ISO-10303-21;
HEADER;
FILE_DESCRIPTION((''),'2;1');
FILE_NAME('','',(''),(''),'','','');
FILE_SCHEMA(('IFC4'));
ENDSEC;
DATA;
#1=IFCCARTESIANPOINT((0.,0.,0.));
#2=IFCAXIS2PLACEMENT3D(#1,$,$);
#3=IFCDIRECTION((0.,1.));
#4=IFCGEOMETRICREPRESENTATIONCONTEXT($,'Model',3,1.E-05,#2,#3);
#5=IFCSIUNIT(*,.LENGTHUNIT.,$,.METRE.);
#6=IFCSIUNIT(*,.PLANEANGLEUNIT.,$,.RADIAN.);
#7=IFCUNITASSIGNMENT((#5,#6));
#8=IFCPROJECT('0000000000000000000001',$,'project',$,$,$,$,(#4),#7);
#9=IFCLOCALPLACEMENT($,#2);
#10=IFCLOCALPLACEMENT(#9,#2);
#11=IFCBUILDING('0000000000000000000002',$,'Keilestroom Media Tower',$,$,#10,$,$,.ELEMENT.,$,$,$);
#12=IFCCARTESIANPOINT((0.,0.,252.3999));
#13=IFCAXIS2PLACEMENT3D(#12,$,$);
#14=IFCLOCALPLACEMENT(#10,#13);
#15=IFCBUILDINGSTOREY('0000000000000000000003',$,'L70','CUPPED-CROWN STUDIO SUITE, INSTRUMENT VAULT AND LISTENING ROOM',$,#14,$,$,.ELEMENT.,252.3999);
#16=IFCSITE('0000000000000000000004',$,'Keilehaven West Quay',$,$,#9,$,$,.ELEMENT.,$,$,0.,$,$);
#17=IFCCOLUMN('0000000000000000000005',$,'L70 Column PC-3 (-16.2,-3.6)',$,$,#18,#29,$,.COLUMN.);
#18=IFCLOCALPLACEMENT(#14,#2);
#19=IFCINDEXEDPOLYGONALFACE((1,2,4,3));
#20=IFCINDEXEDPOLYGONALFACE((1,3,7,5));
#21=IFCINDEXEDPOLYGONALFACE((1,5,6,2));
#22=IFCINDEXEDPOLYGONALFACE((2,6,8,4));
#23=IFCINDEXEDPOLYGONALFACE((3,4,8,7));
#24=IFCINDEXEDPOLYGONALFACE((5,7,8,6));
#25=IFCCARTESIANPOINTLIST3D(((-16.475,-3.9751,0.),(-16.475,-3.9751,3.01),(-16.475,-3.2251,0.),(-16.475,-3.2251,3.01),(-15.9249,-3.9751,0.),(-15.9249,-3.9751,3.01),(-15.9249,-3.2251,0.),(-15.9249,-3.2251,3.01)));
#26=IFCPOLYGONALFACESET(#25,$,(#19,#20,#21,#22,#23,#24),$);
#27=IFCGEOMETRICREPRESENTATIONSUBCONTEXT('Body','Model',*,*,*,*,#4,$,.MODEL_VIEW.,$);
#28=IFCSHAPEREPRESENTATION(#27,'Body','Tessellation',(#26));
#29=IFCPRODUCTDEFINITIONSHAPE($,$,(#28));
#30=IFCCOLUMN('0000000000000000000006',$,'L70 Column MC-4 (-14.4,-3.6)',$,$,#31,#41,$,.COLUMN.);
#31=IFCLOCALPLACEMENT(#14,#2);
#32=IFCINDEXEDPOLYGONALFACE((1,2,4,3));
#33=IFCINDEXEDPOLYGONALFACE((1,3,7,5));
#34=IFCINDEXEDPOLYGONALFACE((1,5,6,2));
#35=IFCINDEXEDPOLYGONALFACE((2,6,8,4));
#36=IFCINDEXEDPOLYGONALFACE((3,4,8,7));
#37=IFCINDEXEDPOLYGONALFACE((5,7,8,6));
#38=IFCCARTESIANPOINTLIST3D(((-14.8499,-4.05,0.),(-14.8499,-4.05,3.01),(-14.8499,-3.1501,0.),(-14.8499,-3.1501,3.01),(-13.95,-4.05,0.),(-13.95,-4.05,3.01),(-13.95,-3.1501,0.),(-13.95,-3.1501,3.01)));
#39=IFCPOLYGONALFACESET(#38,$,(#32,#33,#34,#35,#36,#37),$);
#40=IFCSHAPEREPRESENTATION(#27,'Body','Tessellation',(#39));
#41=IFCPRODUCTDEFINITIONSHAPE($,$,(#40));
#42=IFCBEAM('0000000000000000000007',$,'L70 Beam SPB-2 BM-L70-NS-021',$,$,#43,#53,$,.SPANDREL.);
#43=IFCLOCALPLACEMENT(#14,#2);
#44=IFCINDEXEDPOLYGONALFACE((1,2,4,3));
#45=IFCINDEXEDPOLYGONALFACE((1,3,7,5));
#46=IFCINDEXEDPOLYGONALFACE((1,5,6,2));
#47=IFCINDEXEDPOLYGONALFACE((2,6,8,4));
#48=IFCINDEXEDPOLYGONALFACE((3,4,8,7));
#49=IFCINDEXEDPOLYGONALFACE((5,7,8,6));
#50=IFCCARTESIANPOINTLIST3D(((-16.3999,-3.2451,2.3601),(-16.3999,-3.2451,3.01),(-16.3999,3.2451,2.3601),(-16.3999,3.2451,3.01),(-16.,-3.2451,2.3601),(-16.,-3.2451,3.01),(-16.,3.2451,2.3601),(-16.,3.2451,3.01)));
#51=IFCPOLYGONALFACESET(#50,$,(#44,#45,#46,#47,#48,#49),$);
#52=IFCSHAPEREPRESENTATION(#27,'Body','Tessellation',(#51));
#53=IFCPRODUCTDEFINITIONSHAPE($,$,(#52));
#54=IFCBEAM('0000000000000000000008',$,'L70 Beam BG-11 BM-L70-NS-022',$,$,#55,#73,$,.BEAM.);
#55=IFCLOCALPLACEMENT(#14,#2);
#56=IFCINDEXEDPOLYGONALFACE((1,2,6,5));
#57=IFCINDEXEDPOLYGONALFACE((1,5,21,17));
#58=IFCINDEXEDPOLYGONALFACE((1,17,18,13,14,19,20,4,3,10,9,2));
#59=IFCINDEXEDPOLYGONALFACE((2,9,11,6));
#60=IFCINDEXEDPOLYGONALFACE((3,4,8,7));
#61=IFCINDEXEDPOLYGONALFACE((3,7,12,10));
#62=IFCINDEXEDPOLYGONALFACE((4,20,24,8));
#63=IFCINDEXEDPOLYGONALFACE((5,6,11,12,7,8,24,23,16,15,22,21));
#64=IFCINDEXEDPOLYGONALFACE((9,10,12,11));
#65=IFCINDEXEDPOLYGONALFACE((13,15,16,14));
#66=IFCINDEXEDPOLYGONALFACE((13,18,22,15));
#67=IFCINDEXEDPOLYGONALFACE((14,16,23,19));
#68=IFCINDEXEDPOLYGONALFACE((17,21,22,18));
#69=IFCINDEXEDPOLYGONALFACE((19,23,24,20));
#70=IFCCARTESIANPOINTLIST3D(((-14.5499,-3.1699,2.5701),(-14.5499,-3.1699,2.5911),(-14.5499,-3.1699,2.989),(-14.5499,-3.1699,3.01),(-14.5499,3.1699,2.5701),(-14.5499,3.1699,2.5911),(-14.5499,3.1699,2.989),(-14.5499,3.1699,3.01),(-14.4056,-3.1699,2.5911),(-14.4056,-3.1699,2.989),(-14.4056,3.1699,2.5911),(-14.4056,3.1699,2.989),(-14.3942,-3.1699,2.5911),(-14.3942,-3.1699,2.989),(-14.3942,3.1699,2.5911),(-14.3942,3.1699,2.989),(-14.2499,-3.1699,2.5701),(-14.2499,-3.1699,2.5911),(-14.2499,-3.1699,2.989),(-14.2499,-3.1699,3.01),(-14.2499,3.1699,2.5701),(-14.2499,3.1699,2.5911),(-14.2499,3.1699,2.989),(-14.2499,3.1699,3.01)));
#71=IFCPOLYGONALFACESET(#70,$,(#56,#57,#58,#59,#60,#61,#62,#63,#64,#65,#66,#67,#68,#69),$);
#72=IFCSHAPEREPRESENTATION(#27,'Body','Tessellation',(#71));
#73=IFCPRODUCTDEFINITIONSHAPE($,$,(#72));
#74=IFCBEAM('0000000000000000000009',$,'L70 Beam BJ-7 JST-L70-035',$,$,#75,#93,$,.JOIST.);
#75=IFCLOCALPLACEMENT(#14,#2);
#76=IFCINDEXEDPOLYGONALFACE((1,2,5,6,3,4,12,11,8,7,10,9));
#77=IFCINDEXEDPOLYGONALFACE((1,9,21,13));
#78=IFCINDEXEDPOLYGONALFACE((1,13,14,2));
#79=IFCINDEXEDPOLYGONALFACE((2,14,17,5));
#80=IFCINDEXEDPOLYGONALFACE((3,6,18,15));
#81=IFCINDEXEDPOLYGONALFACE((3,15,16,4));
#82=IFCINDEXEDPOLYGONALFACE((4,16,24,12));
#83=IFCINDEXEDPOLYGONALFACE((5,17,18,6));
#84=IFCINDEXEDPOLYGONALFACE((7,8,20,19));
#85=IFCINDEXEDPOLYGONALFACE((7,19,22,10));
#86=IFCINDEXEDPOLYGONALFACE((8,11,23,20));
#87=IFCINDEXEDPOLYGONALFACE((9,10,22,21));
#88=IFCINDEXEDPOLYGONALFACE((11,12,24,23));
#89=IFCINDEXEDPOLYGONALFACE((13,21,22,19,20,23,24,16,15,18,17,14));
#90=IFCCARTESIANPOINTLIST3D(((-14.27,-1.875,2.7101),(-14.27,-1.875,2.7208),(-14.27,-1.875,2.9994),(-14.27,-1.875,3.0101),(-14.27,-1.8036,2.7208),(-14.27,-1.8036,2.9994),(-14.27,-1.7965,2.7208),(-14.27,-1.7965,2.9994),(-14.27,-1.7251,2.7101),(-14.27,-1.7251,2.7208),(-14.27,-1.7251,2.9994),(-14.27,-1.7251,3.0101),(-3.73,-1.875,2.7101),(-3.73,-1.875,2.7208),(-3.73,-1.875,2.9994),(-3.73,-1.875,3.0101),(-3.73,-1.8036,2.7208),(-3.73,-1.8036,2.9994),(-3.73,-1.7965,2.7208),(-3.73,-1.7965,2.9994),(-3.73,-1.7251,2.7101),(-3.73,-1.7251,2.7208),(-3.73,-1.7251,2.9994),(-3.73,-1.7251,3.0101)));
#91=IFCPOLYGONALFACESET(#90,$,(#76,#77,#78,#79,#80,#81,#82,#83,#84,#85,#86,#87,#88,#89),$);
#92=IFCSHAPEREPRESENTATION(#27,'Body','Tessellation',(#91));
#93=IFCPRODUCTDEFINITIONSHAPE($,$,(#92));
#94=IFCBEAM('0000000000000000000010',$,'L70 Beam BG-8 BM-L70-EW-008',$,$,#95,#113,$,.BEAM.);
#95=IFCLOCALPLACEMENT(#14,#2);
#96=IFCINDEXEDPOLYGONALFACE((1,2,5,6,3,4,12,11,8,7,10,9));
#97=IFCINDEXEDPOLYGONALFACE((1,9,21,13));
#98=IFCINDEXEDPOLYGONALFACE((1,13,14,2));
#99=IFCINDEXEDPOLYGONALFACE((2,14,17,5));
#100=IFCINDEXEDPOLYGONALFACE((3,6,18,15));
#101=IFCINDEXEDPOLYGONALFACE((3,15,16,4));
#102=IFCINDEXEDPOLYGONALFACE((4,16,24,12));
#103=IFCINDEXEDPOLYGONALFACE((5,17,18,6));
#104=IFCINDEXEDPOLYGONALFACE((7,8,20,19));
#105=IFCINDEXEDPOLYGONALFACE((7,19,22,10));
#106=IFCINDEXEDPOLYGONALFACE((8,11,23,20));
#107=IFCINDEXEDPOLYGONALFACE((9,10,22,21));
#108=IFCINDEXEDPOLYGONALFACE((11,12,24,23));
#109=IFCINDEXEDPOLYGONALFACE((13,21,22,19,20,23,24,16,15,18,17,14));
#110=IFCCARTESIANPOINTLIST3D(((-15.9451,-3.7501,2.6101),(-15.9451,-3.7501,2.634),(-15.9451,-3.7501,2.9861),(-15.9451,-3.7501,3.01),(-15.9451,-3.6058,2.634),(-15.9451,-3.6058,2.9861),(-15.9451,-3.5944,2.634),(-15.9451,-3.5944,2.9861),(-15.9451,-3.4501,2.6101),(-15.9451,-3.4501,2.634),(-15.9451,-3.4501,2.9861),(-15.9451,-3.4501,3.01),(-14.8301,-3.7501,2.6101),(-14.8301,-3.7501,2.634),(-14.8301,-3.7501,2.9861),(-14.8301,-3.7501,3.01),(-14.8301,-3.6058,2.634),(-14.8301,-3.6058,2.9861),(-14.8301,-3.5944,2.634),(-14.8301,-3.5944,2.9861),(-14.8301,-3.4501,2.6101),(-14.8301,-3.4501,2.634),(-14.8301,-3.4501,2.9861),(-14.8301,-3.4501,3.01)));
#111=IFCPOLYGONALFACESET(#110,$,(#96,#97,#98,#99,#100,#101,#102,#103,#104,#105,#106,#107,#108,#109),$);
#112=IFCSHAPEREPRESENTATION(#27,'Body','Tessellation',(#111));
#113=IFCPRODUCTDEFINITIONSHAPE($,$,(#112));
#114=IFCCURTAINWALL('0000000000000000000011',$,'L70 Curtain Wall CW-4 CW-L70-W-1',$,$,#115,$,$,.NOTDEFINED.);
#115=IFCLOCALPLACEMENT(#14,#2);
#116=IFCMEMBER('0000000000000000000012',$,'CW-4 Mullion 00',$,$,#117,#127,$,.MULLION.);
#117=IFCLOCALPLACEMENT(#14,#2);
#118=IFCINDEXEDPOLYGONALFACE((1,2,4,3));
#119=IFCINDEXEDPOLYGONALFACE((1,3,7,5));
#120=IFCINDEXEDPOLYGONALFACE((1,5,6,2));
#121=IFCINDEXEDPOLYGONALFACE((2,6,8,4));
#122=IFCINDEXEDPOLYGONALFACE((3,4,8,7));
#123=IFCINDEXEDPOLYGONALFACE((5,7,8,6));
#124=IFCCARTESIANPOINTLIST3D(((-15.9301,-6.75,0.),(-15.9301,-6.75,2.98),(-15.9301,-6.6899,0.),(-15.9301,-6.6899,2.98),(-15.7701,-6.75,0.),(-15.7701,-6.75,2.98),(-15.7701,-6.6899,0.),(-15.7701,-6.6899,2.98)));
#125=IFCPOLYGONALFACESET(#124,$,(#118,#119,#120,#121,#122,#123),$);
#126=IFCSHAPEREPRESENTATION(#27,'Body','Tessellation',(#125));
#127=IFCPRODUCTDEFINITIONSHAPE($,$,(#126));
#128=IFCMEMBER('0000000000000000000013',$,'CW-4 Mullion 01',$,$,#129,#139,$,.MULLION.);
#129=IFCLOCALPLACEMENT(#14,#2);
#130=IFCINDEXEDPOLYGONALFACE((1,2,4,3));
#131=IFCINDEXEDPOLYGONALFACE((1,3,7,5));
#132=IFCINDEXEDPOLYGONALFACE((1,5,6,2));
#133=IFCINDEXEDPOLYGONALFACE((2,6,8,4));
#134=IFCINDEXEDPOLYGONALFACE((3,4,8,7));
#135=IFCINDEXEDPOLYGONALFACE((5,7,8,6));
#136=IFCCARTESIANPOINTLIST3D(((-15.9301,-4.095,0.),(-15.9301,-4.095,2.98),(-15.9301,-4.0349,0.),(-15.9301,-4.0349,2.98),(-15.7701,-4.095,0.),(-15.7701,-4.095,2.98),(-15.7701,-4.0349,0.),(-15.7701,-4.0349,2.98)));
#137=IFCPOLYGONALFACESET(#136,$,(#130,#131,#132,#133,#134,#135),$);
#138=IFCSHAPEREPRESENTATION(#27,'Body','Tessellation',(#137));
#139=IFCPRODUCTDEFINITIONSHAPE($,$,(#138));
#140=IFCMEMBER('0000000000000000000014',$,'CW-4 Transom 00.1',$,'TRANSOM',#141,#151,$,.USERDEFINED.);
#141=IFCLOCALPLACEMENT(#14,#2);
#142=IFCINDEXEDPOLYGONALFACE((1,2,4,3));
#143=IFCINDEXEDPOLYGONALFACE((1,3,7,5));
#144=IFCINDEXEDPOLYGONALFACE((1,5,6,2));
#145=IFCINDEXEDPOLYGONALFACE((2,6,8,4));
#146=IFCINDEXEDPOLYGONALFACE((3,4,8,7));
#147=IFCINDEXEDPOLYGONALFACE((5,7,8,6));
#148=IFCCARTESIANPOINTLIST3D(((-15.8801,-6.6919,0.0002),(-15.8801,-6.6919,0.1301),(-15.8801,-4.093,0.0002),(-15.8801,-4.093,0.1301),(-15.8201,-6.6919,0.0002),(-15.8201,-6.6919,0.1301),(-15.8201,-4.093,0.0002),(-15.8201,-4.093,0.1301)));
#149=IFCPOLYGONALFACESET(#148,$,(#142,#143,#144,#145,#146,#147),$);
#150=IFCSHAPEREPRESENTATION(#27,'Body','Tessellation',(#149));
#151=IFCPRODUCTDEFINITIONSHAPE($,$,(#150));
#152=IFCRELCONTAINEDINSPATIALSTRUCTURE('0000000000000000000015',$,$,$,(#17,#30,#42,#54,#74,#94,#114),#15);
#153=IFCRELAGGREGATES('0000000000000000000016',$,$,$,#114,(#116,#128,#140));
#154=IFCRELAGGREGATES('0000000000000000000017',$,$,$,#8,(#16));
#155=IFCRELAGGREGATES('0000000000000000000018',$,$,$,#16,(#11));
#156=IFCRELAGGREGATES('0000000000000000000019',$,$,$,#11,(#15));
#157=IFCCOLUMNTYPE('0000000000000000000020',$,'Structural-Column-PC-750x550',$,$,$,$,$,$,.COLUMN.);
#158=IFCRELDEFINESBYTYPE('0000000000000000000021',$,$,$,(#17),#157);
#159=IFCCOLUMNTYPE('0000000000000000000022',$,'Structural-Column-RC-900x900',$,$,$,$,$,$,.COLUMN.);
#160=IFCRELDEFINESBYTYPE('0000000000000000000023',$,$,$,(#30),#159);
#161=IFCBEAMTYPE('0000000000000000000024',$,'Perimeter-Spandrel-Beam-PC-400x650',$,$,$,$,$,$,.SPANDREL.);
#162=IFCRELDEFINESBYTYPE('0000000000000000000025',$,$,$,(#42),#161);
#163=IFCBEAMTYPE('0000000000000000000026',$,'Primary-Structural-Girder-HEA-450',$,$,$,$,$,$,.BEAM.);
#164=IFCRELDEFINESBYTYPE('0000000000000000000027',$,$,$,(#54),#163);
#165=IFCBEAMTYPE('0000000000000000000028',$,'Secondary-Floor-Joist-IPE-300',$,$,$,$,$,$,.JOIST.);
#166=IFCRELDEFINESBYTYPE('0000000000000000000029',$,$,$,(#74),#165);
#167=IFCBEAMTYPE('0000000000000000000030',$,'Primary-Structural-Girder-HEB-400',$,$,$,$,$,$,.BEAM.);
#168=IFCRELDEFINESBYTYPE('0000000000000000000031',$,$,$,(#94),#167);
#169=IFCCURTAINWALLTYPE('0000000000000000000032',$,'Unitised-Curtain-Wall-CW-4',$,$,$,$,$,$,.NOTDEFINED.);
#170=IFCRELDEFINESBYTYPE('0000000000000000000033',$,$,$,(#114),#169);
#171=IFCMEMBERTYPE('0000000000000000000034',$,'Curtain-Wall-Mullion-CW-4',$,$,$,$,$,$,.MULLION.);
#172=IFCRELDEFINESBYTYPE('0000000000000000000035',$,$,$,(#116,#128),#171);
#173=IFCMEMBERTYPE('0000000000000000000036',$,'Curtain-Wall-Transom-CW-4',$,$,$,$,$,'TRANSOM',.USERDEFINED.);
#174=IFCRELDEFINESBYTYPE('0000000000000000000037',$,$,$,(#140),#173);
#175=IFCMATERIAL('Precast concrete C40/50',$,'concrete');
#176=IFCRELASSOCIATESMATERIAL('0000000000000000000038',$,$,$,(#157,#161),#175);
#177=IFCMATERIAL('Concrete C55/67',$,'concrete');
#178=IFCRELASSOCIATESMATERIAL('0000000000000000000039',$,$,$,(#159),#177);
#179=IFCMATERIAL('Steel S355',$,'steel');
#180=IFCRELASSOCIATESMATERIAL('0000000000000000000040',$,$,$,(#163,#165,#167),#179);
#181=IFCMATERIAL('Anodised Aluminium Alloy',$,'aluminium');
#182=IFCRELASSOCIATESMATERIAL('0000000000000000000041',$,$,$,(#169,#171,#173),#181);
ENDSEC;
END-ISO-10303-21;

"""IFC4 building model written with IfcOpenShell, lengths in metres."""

from ifc_helpers import new_model, si_unit, direction, frame, origin, origin_2d, place, context, subcontext, project, spatial, rectangle, i_section, extrude, source, transform, mapped, material, material_profile, profile_set, type_object, element, aggregate, save


model = new_model("IFC4")

# Units and contexts
model_context = context("Model", 3, precision=1e-05, world=origin(), true_north=direction((0.0, 1.0)))
body_context = subcontext(model_context, "Body", "Model", "MODEL_VIEW")
ifc_project = project(units=[si_unit("LENGTHUNIT", "METRE"), si_unit("PLANEANGLEUNIT", "RADIAN")], contexts=[model_context])

# Site, building, storey
site_placement = place(None, origin())
site = spatial("IfcSite", under=ifc_project, at=site_placement, Name="Keilehaven West Quay", CompositionType="ELEMENT", RefElevation=0.0)
building_placement = place(site_placement, origin())
building = spatial("IfcBuilding", under=site, at=building_placement, Name="Keilestroom Media Tower", CompositionType="ELEMENT")
storey_placement = place(building_placement, frame((0.0, 0.0, 252.3999)))
storey = spatial("IfcBuildingStorey", under=building, at=storey_placement, Name="L70", Description="CUPPED-CROWN STUDIO SUITE, INSTRUMENT VAULT AND LISTENING ROOM", CompositionType="ELEMENT", Elevation=252.3999)

# Columns
ifc_material_1 = material(Name="Precast concrete C40/50", Category="concrete")
ifc_material_profile_1 = material_profile(ifc_material_1, rectangle(XDim=0.55, YDim=0.75, at=origin_2d()), Name="PC 750x550")
ifc_profile_set_1 = profile_set([ifc_material_profile_1], Name="Precast concrete C40/50")
column_type_1 = type_object("IfcColumnType", Name="Structural-Column-PC-750x550", PredefinedType="COLUMN", material=ifc_profile_set_1)
shared_shape_1 = source(origin(), body_context, "Body", "SweptSolid", [
    extrude(rectangle(XDim=0.55, YDim=0.75, at=origin_2d()), origin(), (0.0, 0.0, 1.0), 3.01),
])
column_1_placement = place(storey_placement, frame((-16.2, -3.6001, 0.0), z_axis=(0.0, 0.0, 1.0), x_axis=(1.0, 0.0, 0.0)))
element("IfcColumn", 1, at=column_1_placement, inside=storey, type_object=column_type_1, Name="L70 Column PC-3 (-16.2,-3.6)", PredefinedType="COLUMN", context=body_context, shape_type="MappedRepresentation", body=[
    mapped(shared_shape_1, transform((0.0, 0.0, 0.0), x_axis=(1.0, 0.0, 0.0), y_axis=(0.0, 1.0, 0.0), z_axis=(0.0, 0.0, 1.0), scale=1.0)),
])
ifc_material_2 = material(Name="Concrete C55/67", Category="concrete")
ifc_material_profile_2 = material_profile(ifc_material_2, rectangle(XDim=0.8999, YDim=0.8999, at=origin_2d()), Name="RC 900x900")
ifc_profile_set_2 = profile_set([ifc_material_profile_2], Name="Concrete C55/67")
column_type_2 = type_object("IfcColumnType", Name="Structural-Column-RC-900x900", PredefinedType="COLUMN", material=ifc_profile_set_2)
shared_shape_2 = source(origin(), body_context, "Body", "SweptSolid", [
    extrude(rectangle(XDim=0.8999, YDim=0.8999, at=origin_2d()), origin(), (0.0, 0.0, 1.0), 3.01),
])
column_2_placement = place(storey_placement, frame((-14.3999, -3.6001, 0.0), z_axis=(0.0, 0.0, 1.0), x_axis=(1.0, 0.0, 0.0)))
element("IfcColumn", 2, at=column_2_placement, inside=storey, type_object=column_type_2, Name="L70 Column MC-4 (-14.4,-3.6)", PredefinedType="COLUMN", context=body_context, shape_type="MappedRepresentation", body=[
    mapped(shared_shape_2, transform((0.0, 0.0, 0.0), x_axis=(1.0, 0.0, 0.0), y_axis=(0.0, 1.0, 0.0), z_axis=(0.0, 0.0, 1.0), scale=1.0)),
])

# Beams
ifc_material_profile_3 = material_profile(ifc_material_1, rectangle(XDim=0.3999, YDim=0.6499, at=origin_2d()), Name="PC 400x650")
ifc_profile_set_3 = profile_set([ifc_material_profile_3], Name="Precast concrete C40/50")
beam_type_1 = type_object("IfcBeamType", Name="Perimeter-Spandrel-Beam-PC-400x650", PredefinedType="SPANDREL", material=ifc_profile_set_3)
shared_shape_3 = source(origin(), body_context, "Body", "SweptSolid", [
    extrude(rectangle(XDim=0.3999, YDim=0.6499, at=origin_2d()), origin(), (0.0, 0.0, 1.0), 6.4902),
])
beam_1_placement = place(storey_placement, frame((-16.2, -3.2451, 2.6851), z_axis=(0.0, 1.0, 0.0), x_axis=(-1.0, 0.0, 0.0)))
element("IfcBeam", 3, at=beam_1_placement, inside=storey, type_object=beam_type_1, Name="L70 Beam SPB-2 BM-L70-NS-021", PredefinedType="SPANDREL", context=body_context, shape_type="MappedRepresentation", body=[
    mapped(shared_shape_3, transform((0.0, 0.0, 0.0), x_axis=(1.0, 0.0, 0.0), y_axis=(0.0, 1.0, 0.0), z_axis=(0.0, 0.0, 1.0), scale=1.0)),
])
ifc_material_3 = material(Name="Steel S355", Category="steel")
ifc_material_profile_4 = material_profile(ifc_material_3, i_section(OverallWidth=0.3, OverallDepth=0.4399, WebThickness=0.0115, FlangeThickness=0.021, at=origin_2d()), Name="HEA 450")
ifc_profile_set_4 = profile_set([ifc_material_profile_4], Name="Steel S355")
beam_type_2 = type_object("IfcBeamType", Name="Primary-Structural-Girder-HEA-450", PredefinedType="BEAM", material=ifc_profile_set_4)
shared_shape_4 = source(origin(), body_context, "Body", "SweptSolid", [
    extrude(i_section(OverallWidth=0.3, OverallDepth=0.4399, WebThickness=0.0115, FlangeThickness=0.021, at=origin_2d()), origin(), (0.0, 0.0, 1.0), 6.3398),
])
beam_2_placement = place(storey_placement, frame((-14.3999, -3.1699, 2.79), z_axis=(0.0, 1.0, 0.0), x_axis=(-1.0, 0.0, 0.0)))
element("IfcBeam", 4, at=beam_2_placement, inside=storey, type_object=beam_type_2, Name="L70 Beam BG-11 BM-L70-NS-022", PredefinedType="BEAM", context=body_context, shape_type="MappedRepresentation", body=[
    mapped(shared_shape_4, transform((0.0, 0.0, 0.0), x_axis=(1.0, 0.0, 0.0), y_axis=(0.0, 1.0, 0.0), z_axis=(0.0, 0.0, 1.0), scale=1.0)),
])
ifc_material_profile_5 = material_profile(ifc_material_3, i_section(OverallWidth=0.1499, OverallDepth=0.3, WebThickness=0.0071, FlangeThickness=0.0107, at=origin_2d()), Name="IPE 300")
ifc_profile_set_5 = profile_set([ifc_material_profile_5], Name="Steel S355")
beam_type_3 = type_object("IfcBeamType", Name="Secondary-Floor-Joist-IPE-300", PredefinedType="JOIST", material=ifc_profile_set_5)
shared_shape_5 = source(origin(), body_context, "Body", "SweptSolid", [
    extrude(i_section(OverallWidth=0.1499, OverallDepth=0.3, WebThickness=0.0071, FlangeThickness=0.0107, at=origin_2d()), origin(), (0.0, 0.0, 1.0), 10.54),
])
beam_3_placement = place(storey_placement, frame((-14.27, -1.8, 2.8601), z_axis=(1.0, 0.0, 0.0), x_axis=(0.0, 1.0, 0.0)))
element("IfcBeam", 5, at=beam_3_placement, inside=storey, type_object=beam_type_3, Name="L70 Beam BJ-7 JST-L70-035", PredefinedType="JOIST", context=body_context, shape_type="MappedRepresentation", body=[
    mapped(shared_shape_5, transform((0.0, 0.0, 0.0), x_axis=(1.0, 0.0, 0.0), y_axis=(0.0, 1.0, 0.0), z_axis=(0.0, 0.0, 1.0), scale=1.0)),
])
ifc_material_profile_6 = material_profile(ifc_material_3, i_section(OverallWidth=0.3, OverallDepth=0.3999, WebThickness=0.0115, FlangeThickness=0.0239, at=origin_2d()), Name="HEB 400")
ifc_profile_set_6 = profile_set([ifc_material_profile_6], Name="Steel S355")
beam_type_4 = type_object("IfcBeamType", Name="Primary-Structural-Girder-HEB-400", PredefinedType="BEAM", material=ifc_profile_set_6)
shared_shape_6 = source(origin(), body_context, "Body", "SweptSolid", [
    extrude(i_section(OverallWidth=0.3, OverallDepth=0.3999, WebThickness=0.0115, FlangeThickness=0.0239, at=origin_2d()), origin(), (0.0, 0.0, 1.0), 1.115),
])
beam_4_placement = place(storey_placement, frame((-15.9451, -3.6001, 2.8101), z_axis=(1.0, 0.0, 0.0), x_axis=(0.0, 1.0, 0.0)))
element("IfcBeam", 6, at=beam_4_placement, inside=storey, type_object=beam_type_4, Name="L70 Beam BG-8 BM-L70-EW-008", PredefinedType="BEAM", context=body_context, shape_type="MappedRepresentation", body=[
    mapped(shared_shape_6, transform((0.0, 0.0, 0.0), x_axis=(1.0, 0.0, 0.0), y_axis=(0.0, 1.0, 0.0), z_axis=(0.0, 0.0, 1.0), scale=1.0)),
])

# Curtain wall, members
ifc_material_4 = material(Name="Anodised Aluminium Alloy", Category="aluminium")
curtain_wall_type = type_object("IfcCurtainWallType", Name="Unitised-Curtain-Wall-CW-4", PredefinedType="NOTDEFINED", material=ifc_material_4)
curtain_wall_placement = place(storey_placement, origin())
curtain_wall = element("IfcCurtainWall", 7, at=curtain_wall_placement, inside=storey, type_object=curtain_wall_type, Name="L70 Curtain Wall CW-4 CW-L70-W-1", PredefinedType="NOTDEFINED")
ifc_material_profile_7 = material_profile(ifc_material_4, rectangle(XDim=0.0601, YDim=0.1599, at=origin_2d()), Name="ALU MULLION 60x160")
ifc_profile_set_7 = profile_set([ifc_material_profile_7], Name="Anodised Aluminium Alloy")
member_type_1 = type_object("IfcMemberType", Name="Curtain-Wall-Mullion-CW-4", PredefinedType="MULLION", material=ifc_profile_set_7)
shared_shape_7 = source(origin(), body_context, "Body", "SweptSolid", [
    extrude(rectangle(XDim=0.0601, YDim=0.1599, at=origin_2d()), origin(), (0.0, 0.0, 1.0), 2.98),
])
member_1_placement = place(storey_placement, frame((-15.8501, -6.72, 0.0), z_axis=(0.0, 0.0, 1.0), x_axis=(0.0, 1.0, 0.0)))
member_1 = element("IfcMember", 8, at=member_1_placement, type_object=member_type_1, Name="CW-4 Mullion 00", PredefinedType="MULLION", context=body_context, shape_type="MappedRepresentation", body=[
    mapped(shared_shape_7, transform((0.0, 0.0, 0.0), x_axis=(1.0, 0.0, 0.0), y_axis=(0.0, 1.0, 0.0), z_axis=(0.0, 0.0, 1.0), scale=1.0)),
])
member_2_placement = place(storey_placement, frame((-15.8501, -4.0649, 0.0), z_axis=(0.0, 0.0, 1.0), x_axis=(0.0, 1.0, 0.0)))
member_2 = element("IfcMember", 9, at=member_2_placement, type_object=member_type_1, Name="CW-4 Mullion 01", PredefinedType="MULLION", context=body_context, shape_type="MappedRepresentation", body=[
    mapped(shared_shape_7, transform((0.0, 0.0, 0.0), x_axis=(1.0, 0.0, 0.0), y_axis=(0.0, 1.0, 0.0), z_axis=(0.0, 0.0, 1.0), scale=1.0)),
])
ifc_material_profile_8 = material_profile(ifc_material_4, rectangle(XDim=0.0601, YDim=0.1299, at=origin_2d()), Name="ALU TRANSOM 60x130")
ifc_profile_set_8 = profile_set([ifc_material_profile_8], Name="Anodised Aluminium Alloy")
member_type_2 = type_object("IfcMemberType", Name="Curtain-Wall-Transom-CW-4", ElementType="TRANSOM", PredefinedType="USERDEFINED", material=ifc_profile_set_8)
shared_shape_8 = source(origin(), body_context, "Body", "SweptSolid", [
    extrude(rectangle(XDim=0.0601, YDim=0.1299, at=origin_2d()), origin(), (0.0, 0.0, 1.0), 2.5989),
])
member_3_placement = place(storey_placement, frame((-15.8501, -6.6919, 0.0652), z_axis=(0.0, 1.0, 0.0), x_axis=(-1.0, 0.0, 0.0)))
member_3 = element("IfcMember", 10, at=member_3_placement, type_object=member_type_2, Name="CW-4 Transom 00.1", ObjectType="TRANSOM", PredefinedType="USERDEFINED", context=body_context, shape_type="MappedRepresentation", body=[
    mapped(shared_shape_8, transform((0.0, 0.0, 0.0), x_axis=(1.0, 0.0, 0.0), y_axis=(0.0, 1.0, 0.0), z_axis=(0.0, 0.0, 1.0), scale=1.0)),
])
aggregate(curtain_wall, [member_1, member_2, member_3])

save(model, "model.ifc")
